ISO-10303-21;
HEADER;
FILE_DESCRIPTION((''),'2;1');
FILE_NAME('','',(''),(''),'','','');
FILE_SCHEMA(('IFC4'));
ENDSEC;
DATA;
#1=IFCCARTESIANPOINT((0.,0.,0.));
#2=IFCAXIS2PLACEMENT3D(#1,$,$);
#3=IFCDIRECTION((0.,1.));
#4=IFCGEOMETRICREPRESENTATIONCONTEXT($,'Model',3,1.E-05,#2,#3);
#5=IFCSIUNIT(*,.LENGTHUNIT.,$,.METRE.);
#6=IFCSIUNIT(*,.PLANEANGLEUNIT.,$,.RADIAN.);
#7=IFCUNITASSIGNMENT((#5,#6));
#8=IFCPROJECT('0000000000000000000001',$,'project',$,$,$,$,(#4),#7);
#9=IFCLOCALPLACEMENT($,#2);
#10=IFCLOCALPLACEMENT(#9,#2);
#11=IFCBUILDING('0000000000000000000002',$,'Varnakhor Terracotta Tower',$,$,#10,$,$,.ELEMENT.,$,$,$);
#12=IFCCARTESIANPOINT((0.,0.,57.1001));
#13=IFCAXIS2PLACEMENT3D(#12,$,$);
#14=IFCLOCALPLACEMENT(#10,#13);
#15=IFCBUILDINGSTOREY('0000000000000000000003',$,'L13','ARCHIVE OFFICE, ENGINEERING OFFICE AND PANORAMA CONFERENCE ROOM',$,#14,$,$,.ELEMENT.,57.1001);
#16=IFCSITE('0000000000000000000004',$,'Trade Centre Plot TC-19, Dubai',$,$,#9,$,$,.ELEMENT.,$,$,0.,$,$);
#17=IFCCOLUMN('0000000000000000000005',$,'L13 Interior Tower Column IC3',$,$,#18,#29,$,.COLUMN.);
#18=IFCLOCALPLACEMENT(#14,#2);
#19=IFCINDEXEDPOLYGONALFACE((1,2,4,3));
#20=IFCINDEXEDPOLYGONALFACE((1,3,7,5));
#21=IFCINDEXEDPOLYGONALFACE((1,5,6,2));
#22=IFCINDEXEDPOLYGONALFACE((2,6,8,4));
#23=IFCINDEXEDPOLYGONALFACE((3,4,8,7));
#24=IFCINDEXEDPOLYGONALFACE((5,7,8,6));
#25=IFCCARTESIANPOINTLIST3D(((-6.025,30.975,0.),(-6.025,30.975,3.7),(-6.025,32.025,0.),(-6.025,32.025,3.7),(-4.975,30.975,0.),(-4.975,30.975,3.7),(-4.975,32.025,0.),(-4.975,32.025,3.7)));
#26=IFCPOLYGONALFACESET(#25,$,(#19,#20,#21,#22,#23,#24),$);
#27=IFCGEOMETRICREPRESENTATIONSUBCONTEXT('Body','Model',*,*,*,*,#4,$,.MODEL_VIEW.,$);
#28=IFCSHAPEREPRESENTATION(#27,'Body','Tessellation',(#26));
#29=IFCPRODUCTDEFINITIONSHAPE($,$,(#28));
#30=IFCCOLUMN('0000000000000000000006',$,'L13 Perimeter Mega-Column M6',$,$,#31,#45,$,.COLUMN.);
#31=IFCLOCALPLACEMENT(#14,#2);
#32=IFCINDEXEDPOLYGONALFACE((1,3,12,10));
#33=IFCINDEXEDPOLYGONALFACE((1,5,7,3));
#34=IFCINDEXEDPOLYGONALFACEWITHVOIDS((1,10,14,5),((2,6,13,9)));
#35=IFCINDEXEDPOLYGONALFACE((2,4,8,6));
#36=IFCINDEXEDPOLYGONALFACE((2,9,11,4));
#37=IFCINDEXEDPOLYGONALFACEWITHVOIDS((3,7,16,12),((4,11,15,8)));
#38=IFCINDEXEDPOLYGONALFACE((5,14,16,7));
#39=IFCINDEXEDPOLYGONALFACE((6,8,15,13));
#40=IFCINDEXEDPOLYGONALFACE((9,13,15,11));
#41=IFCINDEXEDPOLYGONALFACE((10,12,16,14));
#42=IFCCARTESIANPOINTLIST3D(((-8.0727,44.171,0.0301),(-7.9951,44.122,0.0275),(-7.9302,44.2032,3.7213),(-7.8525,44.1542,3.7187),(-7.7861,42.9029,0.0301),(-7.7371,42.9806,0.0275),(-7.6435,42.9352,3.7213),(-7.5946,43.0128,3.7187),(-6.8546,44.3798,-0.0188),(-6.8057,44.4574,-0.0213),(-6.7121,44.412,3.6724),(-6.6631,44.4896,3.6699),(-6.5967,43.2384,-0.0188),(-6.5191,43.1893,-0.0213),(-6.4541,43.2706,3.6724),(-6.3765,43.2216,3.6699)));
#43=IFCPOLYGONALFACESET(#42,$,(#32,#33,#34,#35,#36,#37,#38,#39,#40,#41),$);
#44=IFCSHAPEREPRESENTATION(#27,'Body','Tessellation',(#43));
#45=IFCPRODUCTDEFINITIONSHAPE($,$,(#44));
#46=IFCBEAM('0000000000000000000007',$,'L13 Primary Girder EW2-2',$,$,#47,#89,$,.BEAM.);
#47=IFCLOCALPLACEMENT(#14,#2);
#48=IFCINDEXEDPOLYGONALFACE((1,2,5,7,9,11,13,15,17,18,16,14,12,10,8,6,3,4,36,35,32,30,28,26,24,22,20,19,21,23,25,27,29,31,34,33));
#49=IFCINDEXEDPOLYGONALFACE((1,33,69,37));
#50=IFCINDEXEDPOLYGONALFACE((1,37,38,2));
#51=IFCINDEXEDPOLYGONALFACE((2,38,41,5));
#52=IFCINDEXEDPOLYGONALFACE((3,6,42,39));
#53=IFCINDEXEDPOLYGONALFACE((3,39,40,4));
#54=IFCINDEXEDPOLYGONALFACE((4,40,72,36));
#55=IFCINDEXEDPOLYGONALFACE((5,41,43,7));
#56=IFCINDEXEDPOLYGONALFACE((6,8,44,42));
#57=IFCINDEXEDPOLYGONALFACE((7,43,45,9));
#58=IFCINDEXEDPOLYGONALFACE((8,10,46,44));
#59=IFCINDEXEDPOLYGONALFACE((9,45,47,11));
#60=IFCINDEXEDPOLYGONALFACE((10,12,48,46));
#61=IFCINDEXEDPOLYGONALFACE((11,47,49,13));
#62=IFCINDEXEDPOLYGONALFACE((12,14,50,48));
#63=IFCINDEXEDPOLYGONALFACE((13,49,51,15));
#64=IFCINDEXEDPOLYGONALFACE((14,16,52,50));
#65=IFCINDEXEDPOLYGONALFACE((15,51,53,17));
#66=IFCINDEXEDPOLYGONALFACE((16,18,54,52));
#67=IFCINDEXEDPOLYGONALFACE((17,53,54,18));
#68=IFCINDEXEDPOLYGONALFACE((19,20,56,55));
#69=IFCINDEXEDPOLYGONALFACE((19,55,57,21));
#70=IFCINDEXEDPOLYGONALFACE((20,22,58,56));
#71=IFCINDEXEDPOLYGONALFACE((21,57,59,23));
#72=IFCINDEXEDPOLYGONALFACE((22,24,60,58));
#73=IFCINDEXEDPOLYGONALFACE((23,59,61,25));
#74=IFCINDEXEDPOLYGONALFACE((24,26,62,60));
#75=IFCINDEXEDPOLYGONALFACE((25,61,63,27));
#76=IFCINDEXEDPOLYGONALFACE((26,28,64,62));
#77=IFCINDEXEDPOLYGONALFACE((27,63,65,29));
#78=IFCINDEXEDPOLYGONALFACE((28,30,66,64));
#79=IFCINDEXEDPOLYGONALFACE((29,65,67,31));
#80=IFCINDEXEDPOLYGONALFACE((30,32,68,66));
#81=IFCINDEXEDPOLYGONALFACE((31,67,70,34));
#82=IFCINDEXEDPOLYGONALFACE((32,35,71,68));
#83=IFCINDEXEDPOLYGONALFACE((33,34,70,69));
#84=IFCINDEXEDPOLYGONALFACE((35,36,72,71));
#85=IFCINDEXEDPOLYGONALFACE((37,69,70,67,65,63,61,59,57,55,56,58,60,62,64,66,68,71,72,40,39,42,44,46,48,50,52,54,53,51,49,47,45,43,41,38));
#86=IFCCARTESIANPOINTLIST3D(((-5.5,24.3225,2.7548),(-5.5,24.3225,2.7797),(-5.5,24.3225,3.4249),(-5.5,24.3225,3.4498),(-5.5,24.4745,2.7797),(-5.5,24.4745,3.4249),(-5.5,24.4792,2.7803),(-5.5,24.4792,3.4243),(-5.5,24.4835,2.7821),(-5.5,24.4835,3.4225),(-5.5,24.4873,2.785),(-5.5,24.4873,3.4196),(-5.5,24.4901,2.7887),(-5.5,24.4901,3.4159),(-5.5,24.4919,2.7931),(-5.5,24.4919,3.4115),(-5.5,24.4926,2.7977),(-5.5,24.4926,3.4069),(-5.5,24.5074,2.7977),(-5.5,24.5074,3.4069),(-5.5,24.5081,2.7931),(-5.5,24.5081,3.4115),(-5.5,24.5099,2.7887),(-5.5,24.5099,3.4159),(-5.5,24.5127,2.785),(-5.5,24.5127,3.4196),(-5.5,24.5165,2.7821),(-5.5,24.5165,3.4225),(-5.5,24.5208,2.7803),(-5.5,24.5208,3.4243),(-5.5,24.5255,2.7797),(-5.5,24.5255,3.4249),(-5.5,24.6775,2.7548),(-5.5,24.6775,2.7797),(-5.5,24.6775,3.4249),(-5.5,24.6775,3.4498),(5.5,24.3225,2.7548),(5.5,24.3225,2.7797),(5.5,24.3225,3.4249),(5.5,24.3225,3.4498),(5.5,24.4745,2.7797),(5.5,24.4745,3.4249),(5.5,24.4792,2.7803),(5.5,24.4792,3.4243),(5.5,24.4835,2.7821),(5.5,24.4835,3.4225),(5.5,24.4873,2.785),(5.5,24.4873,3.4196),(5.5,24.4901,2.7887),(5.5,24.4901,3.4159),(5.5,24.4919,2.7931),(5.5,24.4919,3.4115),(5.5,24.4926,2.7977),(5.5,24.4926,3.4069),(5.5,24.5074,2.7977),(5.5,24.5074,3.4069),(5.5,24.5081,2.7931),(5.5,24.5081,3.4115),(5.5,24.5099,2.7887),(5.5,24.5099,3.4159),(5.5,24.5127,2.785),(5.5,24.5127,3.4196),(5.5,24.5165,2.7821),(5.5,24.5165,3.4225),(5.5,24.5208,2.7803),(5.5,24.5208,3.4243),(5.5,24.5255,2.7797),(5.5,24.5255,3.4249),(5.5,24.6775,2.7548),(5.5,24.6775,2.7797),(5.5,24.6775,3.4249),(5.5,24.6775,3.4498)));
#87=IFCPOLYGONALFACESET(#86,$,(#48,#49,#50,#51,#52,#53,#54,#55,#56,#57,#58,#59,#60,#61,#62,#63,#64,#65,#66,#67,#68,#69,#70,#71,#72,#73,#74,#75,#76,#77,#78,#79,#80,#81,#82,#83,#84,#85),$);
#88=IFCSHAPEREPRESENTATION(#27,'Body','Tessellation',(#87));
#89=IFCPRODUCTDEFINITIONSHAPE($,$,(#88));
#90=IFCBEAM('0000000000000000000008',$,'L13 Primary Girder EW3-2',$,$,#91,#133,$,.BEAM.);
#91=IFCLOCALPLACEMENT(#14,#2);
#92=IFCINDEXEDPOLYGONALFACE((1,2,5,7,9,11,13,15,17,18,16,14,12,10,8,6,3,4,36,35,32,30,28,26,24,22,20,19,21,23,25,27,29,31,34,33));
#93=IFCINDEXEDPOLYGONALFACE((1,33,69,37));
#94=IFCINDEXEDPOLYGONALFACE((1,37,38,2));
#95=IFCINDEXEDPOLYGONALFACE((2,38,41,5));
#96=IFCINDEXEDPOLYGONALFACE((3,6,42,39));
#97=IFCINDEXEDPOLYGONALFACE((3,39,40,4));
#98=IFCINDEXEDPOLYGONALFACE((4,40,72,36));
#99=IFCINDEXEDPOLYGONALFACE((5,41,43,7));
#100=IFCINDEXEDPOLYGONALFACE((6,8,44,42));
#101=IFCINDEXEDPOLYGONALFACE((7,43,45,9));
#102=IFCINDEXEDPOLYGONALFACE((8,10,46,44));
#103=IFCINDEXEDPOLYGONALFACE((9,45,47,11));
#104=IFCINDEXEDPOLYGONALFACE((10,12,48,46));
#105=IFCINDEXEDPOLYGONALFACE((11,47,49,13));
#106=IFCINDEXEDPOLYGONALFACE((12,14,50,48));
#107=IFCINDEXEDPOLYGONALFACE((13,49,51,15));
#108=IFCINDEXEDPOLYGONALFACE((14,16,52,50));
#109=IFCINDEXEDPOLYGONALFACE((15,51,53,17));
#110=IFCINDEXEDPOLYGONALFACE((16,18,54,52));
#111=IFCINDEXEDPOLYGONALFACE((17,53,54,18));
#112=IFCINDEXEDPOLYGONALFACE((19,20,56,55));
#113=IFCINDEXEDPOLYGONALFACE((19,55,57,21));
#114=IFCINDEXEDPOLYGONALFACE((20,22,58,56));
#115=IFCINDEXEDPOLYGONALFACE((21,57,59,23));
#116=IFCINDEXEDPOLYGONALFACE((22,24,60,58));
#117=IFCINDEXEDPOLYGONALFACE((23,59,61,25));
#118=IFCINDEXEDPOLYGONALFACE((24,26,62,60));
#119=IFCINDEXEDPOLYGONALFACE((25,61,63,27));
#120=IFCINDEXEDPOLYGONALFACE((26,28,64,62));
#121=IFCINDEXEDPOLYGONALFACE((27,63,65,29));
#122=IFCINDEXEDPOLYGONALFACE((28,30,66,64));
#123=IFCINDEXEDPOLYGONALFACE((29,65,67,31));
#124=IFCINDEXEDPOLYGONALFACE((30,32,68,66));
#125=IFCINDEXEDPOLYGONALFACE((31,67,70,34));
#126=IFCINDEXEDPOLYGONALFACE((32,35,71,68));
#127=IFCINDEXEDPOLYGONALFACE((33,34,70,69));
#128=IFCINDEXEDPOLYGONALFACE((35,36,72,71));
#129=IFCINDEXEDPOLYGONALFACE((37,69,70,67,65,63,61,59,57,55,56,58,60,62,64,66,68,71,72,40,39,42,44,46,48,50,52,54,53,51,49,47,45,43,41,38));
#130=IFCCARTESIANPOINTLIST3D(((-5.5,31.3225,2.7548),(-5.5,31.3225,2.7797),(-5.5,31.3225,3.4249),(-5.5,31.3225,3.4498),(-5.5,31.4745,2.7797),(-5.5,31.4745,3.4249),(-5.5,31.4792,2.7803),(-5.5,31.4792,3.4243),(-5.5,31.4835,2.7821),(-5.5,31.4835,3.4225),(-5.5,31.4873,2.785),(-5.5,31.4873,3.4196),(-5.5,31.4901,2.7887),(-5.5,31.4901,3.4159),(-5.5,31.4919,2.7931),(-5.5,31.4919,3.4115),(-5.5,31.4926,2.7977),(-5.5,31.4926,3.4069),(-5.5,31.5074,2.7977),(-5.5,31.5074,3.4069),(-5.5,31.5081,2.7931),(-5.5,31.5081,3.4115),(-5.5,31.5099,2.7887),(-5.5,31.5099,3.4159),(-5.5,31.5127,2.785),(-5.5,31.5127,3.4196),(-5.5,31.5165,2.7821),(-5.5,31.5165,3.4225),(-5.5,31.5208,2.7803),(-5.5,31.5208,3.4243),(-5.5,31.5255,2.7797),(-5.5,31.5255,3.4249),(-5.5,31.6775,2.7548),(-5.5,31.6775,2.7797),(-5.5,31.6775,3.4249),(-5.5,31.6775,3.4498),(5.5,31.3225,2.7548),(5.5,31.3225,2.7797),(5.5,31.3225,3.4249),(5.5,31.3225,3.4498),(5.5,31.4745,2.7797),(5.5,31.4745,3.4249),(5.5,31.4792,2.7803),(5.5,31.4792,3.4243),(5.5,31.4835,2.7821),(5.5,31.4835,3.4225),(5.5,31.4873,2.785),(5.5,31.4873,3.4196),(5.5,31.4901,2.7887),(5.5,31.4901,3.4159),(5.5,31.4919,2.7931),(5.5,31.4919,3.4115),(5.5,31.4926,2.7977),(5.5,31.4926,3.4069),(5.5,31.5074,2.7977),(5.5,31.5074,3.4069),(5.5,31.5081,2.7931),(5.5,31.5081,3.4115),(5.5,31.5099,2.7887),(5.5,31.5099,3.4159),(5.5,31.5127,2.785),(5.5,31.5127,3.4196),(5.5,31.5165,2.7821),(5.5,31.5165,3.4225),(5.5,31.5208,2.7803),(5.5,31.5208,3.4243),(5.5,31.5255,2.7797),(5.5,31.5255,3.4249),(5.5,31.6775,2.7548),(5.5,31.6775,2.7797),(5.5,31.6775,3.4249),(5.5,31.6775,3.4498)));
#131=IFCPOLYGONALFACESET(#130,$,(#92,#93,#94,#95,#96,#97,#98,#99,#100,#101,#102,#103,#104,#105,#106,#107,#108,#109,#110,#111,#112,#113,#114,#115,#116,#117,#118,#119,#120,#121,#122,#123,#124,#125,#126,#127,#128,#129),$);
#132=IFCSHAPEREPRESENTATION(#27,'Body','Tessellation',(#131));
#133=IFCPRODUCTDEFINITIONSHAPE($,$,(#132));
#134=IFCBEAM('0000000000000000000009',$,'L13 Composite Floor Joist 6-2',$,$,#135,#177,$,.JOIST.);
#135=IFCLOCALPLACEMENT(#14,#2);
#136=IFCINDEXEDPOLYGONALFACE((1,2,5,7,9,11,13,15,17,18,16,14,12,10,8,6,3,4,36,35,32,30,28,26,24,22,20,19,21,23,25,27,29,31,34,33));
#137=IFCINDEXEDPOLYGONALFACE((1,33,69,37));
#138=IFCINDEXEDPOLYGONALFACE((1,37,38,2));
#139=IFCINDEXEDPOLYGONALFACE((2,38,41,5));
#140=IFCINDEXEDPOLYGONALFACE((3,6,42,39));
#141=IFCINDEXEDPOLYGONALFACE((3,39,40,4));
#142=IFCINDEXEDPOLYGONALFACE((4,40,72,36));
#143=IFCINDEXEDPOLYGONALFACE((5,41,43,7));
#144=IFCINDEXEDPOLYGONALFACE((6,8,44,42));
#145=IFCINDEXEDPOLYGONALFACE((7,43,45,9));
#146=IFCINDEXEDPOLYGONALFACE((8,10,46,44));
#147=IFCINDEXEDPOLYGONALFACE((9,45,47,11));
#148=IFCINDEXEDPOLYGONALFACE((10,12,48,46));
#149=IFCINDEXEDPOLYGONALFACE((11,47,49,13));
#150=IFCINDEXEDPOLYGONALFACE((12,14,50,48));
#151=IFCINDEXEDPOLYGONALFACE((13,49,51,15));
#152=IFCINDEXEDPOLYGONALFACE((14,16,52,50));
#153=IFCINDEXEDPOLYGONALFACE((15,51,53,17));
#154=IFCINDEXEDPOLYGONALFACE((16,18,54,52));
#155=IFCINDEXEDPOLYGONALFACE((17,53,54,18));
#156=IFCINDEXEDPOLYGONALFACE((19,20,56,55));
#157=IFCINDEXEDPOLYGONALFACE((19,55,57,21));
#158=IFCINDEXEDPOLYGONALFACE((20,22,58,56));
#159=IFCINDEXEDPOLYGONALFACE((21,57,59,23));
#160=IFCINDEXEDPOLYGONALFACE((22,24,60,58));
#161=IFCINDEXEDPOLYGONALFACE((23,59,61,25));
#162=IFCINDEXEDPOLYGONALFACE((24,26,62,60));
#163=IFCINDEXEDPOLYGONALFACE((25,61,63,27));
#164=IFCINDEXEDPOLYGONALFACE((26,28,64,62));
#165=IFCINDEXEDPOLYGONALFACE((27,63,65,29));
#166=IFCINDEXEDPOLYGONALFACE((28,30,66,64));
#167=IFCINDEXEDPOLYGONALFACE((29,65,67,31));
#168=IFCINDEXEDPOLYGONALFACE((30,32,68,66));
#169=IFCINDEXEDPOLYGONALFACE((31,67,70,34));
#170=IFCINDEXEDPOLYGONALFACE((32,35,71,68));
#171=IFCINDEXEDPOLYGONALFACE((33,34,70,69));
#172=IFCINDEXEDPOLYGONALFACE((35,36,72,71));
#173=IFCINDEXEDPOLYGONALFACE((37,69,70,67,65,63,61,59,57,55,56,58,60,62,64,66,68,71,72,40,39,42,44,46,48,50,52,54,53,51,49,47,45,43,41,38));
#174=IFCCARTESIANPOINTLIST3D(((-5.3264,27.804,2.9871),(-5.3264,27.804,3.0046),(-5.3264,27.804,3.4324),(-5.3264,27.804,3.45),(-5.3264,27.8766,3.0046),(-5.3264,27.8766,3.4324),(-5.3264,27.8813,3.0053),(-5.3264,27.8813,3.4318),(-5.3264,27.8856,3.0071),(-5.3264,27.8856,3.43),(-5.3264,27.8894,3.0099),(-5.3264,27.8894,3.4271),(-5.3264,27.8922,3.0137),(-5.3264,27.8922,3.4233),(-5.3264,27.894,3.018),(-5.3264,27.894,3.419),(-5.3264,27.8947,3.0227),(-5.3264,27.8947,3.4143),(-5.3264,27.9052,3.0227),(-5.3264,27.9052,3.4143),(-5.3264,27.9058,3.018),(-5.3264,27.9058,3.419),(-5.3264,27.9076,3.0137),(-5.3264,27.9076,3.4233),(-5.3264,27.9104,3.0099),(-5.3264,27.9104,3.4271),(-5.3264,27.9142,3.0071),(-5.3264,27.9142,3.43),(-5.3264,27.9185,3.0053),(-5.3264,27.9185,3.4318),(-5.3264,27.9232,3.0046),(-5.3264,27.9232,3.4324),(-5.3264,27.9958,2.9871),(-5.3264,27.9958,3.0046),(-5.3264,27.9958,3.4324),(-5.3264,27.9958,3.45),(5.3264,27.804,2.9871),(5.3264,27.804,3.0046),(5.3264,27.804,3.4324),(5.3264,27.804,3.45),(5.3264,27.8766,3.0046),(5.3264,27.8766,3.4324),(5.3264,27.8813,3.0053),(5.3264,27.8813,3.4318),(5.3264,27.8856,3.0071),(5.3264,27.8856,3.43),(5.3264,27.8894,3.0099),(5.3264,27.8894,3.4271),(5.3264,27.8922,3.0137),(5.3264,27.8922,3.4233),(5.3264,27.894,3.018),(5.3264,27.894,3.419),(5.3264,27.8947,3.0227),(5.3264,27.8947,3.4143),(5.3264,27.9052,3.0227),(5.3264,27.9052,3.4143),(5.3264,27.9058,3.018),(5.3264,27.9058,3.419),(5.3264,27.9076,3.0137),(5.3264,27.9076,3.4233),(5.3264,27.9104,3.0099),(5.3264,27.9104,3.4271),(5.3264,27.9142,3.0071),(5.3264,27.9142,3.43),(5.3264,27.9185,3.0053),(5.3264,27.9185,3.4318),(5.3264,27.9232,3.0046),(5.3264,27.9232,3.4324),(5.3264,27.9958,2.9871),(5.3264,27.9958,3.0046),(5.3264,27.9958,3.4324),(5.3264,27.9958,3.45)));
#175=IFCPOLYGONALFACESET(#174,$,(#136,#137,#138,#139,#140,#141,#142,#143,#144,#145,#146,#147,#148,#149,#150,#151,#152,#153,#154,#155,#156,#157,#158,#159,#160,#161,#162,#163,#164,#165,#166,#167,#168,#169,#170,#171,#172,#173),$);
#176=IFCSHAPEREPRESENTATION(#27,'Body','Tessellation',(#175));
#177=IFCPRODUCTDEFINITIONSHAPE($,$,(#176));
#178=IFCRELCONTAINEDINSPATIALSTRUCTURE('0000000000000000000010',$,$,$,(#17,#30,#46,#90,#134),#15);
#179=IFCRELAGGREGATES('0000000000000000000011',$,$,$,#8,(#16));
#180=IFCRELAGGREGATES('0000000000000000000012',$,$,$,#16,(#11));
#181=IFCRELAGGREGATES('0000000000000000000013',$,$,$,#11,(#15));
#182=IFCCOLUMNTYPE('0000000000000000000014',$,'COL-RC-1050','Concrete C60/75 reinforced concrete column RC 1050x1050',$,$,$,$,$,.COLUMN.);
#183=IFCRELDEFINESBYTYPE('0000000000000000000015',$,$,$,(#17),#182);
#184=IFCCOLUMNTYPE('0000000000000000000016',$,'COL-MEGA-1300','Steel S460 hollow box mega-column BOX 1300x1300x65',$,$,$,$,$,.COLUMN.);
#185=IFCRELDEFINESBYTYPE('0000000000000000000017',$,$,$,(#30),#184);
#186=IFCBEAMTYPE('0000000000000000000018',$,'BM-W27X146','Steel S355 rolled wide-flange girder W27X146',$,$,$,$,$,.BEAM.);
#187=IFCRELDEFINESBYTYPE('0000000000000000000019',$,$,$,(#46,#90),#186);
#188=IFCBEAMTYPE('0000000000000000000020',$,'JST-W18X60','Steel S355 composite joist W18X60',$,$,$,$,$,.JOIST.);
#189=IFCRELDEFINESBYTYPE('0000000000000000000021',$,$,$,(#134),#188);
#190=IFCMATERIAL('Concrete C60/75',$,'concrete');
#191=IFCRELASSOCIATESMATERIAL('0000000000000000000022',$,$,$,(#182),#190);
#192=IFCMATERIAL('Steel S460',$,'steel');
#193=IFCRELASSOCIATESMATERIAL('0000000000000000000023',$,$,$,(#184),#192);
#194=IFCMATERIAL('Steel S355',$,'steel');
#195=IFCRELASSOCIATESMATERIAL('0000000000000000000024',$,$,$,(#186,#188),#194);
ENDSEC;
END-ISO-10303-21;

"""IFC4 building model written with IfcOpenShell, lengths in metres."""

from ifc_helpers import new_model, si_unit, direction, frame, origin, origin_2d, place, context, subcontext, project, spatial, rectangle, hollow_rectangle, i_section, extrude, source, transform, mapped, material, material_profile, profile_set, type_object, element, save


model = new_model("IFC4")

# Units and contexts
model_context = context("Model", 3, precision=1e-05, world=origin(), true_north=direction((0.0, 1.0)))
body_context = subcontext(model_context, "Body", "Model", "MODEL_VIEW")
ifc_project = project(units=[si_unit("LENGTHUNIT", "METRE"), si_unit("PLANEANGLEUNIT", "RADIAN")], contexts=[model_context])

# Site, building, storey
site_placement = place(None, origin())
site = spatial("IfcSite", under=ifc_project, at=site_placement, Name="Trade Centre Plot TC-19, Dubai", CompositionType="ELEMENT", RefElevation=0.0)
building_placement = place(site_placement, origin())
building = spatial("IfcBuilding", under=site, at=building_placement, Name="Varnakhor Terracotta Tower", CompositionType="ELEMENT")
storey_placement = place(building_placement, frame((0.0, 0.0, 57.1001)))
storey = spatial("IfcBuildingStorey", under=building, at=storey_placement, Name="L13", Description="ARCHIVE OFFICE, ENGINEERING OFFICE AND PANORAMA CONFERENCE ROOM", CompositionType="ELEMENT", Elevation=57.1001)

# Columns
ifc_material_1 = material(Name="Concrete C60/75", Category="concrete")
ifc_material_profile_1 = material_profile(ifc_material_1, rectangle(XDim=1.05, YDim=1.05, at=origin_2d()), Name="RC 1050x1050")
ifc_profile_set_1 = profile_set([ifc_material_profile_1], Name="Concrete C60/75")
column_type_1 = type_object("IfcColumnType", Name="COL-RC-1050", Description="Concrete C60/75 reinforced concrete column RC 1050x1050", PredefinedType="COLUMN", material=ifc_profile_set_1)
shared_shape_1 = source(origin(), body_context, "Body", "SweptSolid", [
    extrude(rectangle(XDim=1.05, YDim=1.05, at=origin_2d()), origin(), (0.0, 0.0, 1.0), 3.7),
])
column_1_placement = place(storey_placement, frame((-5.5, 31.5, 0.0), z_axis=(0.0, 0.0, 1.0), x_axis=(1.0, 0.0, 0.0)))
element("IfcColumn", 1, at=column_1_placement, inside=storey, type_object=column_type_1, Name="L13 Interior Tower Column IC3", PredefinedType="COLUMN", context=body_context, shape_type="MappedRepresentation", body=[
    mapped(shared_shape_1, transform((0.0, 0.0, 0.0), scale=1.0)),
])
ifc_material_2 = material(Name="Steel S460", Category="steel")
ifc_material_profile_2 = material_profile(ifc_material_2, hollow_rectangle(XDim=1.3, YDim=1.3, WallThickness=0.0649, at=origin_2d()), Name="BOX 1300x1300x65")
ifc_profile_set_2 = profile_set([ifc_material_profile_2], Name="Steel S460")
column_type_2 = type_object("IfcColumnType", Name="COL-MEGA-1300", Description="Steel S460 hollow box mega-column BOX 1300x1300x65", PredefinedType="COLUMN", material=ifc_profile_set_2)
shared_shape_2 = source(origin(), body_context, "Body", "SweptSolid", [
    extrude(hollow_rectangle(XDim=1.3, YDim=1.3, WallThickness=0.0649, at=origin_2d()), origin(), (0.0, 0.0, 1.0), 3.6941),
])
column_2_placement = place(storey_placement, frame((-7.2959, 43.6802, 0.0044), z_axis=(0.038597, 0.008724, 0.999217), x_axis=(-0.220466, 0.975395, 0.0)))
element("IfcColumn", 2, at=column_2_placement, inside=storey, type_object=column_type_2, Name="L13 Perimeter Mega-Column M6", PredefinedType="COLUMN", context=body_context, shape_type="MappedRepresentation", body=[
    mapped(shared_shape_2, transform((0.0, 0.0, 0.0), scale=1.0)),
])

# Beams
ifc_material_3 = material(Name="Steel S355", Category="steel")
ifc_material_profile_3 = material_profile(ifc_material_3, i_section(OverallWidth=0.355, OverallDepth=0.6951, WebThickness=0.0149, FlangeThickness=0.0249, FilletRadius=0.0181, at=origin_2d()), Name="W27X146")
ifc_profile_set_3 = profile_set([ifc_material_profile_3], Name="Steel S355")
beam_type_1 = type_object("IfcBeamType", Name="BM-W27X146", Description="Steel S355 rolled wide-flange girder W27X146", PredefinedType="BEAM", material=ifc_profile_set_3)
shared_shape_3 = source(origin(), body_context, "Body", "SweptSolid", [
    extrude(i_section(OverallWidth=0.355, OverallDepth=0.6951, WebThickness=0.0149, FlangeThickness=0.0249, FilletRadius=0.0181, at=origin_2d()), origin(), (0.0, 0.0, 1.0), 11.0),
])
for number, where, z_axis, x_axis, name in (
    (3, (-5.5, 24.5, 3.1023), (1.0, 0.0, 0.0), (0.0, 1.0, 0.0), "L13 Primary Girder EW2-2"),
    (4, (-5.5, 31.5, 3.1023), (1.0, 0.0, 0.0), (0.0, 1.0, 0.0), "L13 Primary Girder EW3-2"),
):
    element("IfcBeam", number, at=place(storey_placement, frame(where, z_axis=z_axis, x_axis=x_axis)), inside=storey, type_object=beam_type_1, Name=name, PredefinedType="BEAM", context=body_context, shape_type="MappedRepresentation", body=[
        mapped(shared_shape_3, transform((0.0, 0.0, 0.0), scale=1.0)),
    ])
ifc_material_profile_4 = material_profile(ifc_material_3, i_section(OverallWidth=0.1919, OverallDepth=0.4629, WebThickness=0.0105, FlangeThickness=0.0176, FilletRadius=0.0181, at=origin_2d()), Name="W18X60")
ifc_profile_set_4 = profile_set([ifc_material_profile_4], Name="Steel S355")
beam_type_2 = type_object("IfcBeamType", Name="JST-W18X60", Description="Steel S355 composite joist W18X60", PredefinedType="JOIST", material=ifc_profile_set_4)
shared_shape_4 = source(origin(), body_context, "Body", "SweptSolid", [
    extrude(i_section(OverallWidth=0.1919, OverallDepth=0.4629, WebThickness=0.0105, FlangeThickness=0.0176, FilletRadius=0.0181, at=origin_2d()), origin(), (0.0, 0.0, 1.0), 10.6528),
])
for number, where, z_axis, x_axis, name in (
    (5, (-5.3264, 27.8999, 3.2185), (1.0, 0.0, 0.0), (0.0, 1.0, 0.0), "L13 Composite Floor Joist 6-2"),
):
    element("IfcBeam", number, at=place(storey_placement, frame(where, z_axis=z_axis, x_axis=x_axis)), inside=storey, type_object=beam_type_2, Name=name, PredefinedType="JOIST", context=body_context, shape_type="MappedRepresentation", body=[
        mapped(shared_shape_4, transform((0.0, 0.0, 0.0), scale=1.0)),
    ])

save(model, "model.ifc")
